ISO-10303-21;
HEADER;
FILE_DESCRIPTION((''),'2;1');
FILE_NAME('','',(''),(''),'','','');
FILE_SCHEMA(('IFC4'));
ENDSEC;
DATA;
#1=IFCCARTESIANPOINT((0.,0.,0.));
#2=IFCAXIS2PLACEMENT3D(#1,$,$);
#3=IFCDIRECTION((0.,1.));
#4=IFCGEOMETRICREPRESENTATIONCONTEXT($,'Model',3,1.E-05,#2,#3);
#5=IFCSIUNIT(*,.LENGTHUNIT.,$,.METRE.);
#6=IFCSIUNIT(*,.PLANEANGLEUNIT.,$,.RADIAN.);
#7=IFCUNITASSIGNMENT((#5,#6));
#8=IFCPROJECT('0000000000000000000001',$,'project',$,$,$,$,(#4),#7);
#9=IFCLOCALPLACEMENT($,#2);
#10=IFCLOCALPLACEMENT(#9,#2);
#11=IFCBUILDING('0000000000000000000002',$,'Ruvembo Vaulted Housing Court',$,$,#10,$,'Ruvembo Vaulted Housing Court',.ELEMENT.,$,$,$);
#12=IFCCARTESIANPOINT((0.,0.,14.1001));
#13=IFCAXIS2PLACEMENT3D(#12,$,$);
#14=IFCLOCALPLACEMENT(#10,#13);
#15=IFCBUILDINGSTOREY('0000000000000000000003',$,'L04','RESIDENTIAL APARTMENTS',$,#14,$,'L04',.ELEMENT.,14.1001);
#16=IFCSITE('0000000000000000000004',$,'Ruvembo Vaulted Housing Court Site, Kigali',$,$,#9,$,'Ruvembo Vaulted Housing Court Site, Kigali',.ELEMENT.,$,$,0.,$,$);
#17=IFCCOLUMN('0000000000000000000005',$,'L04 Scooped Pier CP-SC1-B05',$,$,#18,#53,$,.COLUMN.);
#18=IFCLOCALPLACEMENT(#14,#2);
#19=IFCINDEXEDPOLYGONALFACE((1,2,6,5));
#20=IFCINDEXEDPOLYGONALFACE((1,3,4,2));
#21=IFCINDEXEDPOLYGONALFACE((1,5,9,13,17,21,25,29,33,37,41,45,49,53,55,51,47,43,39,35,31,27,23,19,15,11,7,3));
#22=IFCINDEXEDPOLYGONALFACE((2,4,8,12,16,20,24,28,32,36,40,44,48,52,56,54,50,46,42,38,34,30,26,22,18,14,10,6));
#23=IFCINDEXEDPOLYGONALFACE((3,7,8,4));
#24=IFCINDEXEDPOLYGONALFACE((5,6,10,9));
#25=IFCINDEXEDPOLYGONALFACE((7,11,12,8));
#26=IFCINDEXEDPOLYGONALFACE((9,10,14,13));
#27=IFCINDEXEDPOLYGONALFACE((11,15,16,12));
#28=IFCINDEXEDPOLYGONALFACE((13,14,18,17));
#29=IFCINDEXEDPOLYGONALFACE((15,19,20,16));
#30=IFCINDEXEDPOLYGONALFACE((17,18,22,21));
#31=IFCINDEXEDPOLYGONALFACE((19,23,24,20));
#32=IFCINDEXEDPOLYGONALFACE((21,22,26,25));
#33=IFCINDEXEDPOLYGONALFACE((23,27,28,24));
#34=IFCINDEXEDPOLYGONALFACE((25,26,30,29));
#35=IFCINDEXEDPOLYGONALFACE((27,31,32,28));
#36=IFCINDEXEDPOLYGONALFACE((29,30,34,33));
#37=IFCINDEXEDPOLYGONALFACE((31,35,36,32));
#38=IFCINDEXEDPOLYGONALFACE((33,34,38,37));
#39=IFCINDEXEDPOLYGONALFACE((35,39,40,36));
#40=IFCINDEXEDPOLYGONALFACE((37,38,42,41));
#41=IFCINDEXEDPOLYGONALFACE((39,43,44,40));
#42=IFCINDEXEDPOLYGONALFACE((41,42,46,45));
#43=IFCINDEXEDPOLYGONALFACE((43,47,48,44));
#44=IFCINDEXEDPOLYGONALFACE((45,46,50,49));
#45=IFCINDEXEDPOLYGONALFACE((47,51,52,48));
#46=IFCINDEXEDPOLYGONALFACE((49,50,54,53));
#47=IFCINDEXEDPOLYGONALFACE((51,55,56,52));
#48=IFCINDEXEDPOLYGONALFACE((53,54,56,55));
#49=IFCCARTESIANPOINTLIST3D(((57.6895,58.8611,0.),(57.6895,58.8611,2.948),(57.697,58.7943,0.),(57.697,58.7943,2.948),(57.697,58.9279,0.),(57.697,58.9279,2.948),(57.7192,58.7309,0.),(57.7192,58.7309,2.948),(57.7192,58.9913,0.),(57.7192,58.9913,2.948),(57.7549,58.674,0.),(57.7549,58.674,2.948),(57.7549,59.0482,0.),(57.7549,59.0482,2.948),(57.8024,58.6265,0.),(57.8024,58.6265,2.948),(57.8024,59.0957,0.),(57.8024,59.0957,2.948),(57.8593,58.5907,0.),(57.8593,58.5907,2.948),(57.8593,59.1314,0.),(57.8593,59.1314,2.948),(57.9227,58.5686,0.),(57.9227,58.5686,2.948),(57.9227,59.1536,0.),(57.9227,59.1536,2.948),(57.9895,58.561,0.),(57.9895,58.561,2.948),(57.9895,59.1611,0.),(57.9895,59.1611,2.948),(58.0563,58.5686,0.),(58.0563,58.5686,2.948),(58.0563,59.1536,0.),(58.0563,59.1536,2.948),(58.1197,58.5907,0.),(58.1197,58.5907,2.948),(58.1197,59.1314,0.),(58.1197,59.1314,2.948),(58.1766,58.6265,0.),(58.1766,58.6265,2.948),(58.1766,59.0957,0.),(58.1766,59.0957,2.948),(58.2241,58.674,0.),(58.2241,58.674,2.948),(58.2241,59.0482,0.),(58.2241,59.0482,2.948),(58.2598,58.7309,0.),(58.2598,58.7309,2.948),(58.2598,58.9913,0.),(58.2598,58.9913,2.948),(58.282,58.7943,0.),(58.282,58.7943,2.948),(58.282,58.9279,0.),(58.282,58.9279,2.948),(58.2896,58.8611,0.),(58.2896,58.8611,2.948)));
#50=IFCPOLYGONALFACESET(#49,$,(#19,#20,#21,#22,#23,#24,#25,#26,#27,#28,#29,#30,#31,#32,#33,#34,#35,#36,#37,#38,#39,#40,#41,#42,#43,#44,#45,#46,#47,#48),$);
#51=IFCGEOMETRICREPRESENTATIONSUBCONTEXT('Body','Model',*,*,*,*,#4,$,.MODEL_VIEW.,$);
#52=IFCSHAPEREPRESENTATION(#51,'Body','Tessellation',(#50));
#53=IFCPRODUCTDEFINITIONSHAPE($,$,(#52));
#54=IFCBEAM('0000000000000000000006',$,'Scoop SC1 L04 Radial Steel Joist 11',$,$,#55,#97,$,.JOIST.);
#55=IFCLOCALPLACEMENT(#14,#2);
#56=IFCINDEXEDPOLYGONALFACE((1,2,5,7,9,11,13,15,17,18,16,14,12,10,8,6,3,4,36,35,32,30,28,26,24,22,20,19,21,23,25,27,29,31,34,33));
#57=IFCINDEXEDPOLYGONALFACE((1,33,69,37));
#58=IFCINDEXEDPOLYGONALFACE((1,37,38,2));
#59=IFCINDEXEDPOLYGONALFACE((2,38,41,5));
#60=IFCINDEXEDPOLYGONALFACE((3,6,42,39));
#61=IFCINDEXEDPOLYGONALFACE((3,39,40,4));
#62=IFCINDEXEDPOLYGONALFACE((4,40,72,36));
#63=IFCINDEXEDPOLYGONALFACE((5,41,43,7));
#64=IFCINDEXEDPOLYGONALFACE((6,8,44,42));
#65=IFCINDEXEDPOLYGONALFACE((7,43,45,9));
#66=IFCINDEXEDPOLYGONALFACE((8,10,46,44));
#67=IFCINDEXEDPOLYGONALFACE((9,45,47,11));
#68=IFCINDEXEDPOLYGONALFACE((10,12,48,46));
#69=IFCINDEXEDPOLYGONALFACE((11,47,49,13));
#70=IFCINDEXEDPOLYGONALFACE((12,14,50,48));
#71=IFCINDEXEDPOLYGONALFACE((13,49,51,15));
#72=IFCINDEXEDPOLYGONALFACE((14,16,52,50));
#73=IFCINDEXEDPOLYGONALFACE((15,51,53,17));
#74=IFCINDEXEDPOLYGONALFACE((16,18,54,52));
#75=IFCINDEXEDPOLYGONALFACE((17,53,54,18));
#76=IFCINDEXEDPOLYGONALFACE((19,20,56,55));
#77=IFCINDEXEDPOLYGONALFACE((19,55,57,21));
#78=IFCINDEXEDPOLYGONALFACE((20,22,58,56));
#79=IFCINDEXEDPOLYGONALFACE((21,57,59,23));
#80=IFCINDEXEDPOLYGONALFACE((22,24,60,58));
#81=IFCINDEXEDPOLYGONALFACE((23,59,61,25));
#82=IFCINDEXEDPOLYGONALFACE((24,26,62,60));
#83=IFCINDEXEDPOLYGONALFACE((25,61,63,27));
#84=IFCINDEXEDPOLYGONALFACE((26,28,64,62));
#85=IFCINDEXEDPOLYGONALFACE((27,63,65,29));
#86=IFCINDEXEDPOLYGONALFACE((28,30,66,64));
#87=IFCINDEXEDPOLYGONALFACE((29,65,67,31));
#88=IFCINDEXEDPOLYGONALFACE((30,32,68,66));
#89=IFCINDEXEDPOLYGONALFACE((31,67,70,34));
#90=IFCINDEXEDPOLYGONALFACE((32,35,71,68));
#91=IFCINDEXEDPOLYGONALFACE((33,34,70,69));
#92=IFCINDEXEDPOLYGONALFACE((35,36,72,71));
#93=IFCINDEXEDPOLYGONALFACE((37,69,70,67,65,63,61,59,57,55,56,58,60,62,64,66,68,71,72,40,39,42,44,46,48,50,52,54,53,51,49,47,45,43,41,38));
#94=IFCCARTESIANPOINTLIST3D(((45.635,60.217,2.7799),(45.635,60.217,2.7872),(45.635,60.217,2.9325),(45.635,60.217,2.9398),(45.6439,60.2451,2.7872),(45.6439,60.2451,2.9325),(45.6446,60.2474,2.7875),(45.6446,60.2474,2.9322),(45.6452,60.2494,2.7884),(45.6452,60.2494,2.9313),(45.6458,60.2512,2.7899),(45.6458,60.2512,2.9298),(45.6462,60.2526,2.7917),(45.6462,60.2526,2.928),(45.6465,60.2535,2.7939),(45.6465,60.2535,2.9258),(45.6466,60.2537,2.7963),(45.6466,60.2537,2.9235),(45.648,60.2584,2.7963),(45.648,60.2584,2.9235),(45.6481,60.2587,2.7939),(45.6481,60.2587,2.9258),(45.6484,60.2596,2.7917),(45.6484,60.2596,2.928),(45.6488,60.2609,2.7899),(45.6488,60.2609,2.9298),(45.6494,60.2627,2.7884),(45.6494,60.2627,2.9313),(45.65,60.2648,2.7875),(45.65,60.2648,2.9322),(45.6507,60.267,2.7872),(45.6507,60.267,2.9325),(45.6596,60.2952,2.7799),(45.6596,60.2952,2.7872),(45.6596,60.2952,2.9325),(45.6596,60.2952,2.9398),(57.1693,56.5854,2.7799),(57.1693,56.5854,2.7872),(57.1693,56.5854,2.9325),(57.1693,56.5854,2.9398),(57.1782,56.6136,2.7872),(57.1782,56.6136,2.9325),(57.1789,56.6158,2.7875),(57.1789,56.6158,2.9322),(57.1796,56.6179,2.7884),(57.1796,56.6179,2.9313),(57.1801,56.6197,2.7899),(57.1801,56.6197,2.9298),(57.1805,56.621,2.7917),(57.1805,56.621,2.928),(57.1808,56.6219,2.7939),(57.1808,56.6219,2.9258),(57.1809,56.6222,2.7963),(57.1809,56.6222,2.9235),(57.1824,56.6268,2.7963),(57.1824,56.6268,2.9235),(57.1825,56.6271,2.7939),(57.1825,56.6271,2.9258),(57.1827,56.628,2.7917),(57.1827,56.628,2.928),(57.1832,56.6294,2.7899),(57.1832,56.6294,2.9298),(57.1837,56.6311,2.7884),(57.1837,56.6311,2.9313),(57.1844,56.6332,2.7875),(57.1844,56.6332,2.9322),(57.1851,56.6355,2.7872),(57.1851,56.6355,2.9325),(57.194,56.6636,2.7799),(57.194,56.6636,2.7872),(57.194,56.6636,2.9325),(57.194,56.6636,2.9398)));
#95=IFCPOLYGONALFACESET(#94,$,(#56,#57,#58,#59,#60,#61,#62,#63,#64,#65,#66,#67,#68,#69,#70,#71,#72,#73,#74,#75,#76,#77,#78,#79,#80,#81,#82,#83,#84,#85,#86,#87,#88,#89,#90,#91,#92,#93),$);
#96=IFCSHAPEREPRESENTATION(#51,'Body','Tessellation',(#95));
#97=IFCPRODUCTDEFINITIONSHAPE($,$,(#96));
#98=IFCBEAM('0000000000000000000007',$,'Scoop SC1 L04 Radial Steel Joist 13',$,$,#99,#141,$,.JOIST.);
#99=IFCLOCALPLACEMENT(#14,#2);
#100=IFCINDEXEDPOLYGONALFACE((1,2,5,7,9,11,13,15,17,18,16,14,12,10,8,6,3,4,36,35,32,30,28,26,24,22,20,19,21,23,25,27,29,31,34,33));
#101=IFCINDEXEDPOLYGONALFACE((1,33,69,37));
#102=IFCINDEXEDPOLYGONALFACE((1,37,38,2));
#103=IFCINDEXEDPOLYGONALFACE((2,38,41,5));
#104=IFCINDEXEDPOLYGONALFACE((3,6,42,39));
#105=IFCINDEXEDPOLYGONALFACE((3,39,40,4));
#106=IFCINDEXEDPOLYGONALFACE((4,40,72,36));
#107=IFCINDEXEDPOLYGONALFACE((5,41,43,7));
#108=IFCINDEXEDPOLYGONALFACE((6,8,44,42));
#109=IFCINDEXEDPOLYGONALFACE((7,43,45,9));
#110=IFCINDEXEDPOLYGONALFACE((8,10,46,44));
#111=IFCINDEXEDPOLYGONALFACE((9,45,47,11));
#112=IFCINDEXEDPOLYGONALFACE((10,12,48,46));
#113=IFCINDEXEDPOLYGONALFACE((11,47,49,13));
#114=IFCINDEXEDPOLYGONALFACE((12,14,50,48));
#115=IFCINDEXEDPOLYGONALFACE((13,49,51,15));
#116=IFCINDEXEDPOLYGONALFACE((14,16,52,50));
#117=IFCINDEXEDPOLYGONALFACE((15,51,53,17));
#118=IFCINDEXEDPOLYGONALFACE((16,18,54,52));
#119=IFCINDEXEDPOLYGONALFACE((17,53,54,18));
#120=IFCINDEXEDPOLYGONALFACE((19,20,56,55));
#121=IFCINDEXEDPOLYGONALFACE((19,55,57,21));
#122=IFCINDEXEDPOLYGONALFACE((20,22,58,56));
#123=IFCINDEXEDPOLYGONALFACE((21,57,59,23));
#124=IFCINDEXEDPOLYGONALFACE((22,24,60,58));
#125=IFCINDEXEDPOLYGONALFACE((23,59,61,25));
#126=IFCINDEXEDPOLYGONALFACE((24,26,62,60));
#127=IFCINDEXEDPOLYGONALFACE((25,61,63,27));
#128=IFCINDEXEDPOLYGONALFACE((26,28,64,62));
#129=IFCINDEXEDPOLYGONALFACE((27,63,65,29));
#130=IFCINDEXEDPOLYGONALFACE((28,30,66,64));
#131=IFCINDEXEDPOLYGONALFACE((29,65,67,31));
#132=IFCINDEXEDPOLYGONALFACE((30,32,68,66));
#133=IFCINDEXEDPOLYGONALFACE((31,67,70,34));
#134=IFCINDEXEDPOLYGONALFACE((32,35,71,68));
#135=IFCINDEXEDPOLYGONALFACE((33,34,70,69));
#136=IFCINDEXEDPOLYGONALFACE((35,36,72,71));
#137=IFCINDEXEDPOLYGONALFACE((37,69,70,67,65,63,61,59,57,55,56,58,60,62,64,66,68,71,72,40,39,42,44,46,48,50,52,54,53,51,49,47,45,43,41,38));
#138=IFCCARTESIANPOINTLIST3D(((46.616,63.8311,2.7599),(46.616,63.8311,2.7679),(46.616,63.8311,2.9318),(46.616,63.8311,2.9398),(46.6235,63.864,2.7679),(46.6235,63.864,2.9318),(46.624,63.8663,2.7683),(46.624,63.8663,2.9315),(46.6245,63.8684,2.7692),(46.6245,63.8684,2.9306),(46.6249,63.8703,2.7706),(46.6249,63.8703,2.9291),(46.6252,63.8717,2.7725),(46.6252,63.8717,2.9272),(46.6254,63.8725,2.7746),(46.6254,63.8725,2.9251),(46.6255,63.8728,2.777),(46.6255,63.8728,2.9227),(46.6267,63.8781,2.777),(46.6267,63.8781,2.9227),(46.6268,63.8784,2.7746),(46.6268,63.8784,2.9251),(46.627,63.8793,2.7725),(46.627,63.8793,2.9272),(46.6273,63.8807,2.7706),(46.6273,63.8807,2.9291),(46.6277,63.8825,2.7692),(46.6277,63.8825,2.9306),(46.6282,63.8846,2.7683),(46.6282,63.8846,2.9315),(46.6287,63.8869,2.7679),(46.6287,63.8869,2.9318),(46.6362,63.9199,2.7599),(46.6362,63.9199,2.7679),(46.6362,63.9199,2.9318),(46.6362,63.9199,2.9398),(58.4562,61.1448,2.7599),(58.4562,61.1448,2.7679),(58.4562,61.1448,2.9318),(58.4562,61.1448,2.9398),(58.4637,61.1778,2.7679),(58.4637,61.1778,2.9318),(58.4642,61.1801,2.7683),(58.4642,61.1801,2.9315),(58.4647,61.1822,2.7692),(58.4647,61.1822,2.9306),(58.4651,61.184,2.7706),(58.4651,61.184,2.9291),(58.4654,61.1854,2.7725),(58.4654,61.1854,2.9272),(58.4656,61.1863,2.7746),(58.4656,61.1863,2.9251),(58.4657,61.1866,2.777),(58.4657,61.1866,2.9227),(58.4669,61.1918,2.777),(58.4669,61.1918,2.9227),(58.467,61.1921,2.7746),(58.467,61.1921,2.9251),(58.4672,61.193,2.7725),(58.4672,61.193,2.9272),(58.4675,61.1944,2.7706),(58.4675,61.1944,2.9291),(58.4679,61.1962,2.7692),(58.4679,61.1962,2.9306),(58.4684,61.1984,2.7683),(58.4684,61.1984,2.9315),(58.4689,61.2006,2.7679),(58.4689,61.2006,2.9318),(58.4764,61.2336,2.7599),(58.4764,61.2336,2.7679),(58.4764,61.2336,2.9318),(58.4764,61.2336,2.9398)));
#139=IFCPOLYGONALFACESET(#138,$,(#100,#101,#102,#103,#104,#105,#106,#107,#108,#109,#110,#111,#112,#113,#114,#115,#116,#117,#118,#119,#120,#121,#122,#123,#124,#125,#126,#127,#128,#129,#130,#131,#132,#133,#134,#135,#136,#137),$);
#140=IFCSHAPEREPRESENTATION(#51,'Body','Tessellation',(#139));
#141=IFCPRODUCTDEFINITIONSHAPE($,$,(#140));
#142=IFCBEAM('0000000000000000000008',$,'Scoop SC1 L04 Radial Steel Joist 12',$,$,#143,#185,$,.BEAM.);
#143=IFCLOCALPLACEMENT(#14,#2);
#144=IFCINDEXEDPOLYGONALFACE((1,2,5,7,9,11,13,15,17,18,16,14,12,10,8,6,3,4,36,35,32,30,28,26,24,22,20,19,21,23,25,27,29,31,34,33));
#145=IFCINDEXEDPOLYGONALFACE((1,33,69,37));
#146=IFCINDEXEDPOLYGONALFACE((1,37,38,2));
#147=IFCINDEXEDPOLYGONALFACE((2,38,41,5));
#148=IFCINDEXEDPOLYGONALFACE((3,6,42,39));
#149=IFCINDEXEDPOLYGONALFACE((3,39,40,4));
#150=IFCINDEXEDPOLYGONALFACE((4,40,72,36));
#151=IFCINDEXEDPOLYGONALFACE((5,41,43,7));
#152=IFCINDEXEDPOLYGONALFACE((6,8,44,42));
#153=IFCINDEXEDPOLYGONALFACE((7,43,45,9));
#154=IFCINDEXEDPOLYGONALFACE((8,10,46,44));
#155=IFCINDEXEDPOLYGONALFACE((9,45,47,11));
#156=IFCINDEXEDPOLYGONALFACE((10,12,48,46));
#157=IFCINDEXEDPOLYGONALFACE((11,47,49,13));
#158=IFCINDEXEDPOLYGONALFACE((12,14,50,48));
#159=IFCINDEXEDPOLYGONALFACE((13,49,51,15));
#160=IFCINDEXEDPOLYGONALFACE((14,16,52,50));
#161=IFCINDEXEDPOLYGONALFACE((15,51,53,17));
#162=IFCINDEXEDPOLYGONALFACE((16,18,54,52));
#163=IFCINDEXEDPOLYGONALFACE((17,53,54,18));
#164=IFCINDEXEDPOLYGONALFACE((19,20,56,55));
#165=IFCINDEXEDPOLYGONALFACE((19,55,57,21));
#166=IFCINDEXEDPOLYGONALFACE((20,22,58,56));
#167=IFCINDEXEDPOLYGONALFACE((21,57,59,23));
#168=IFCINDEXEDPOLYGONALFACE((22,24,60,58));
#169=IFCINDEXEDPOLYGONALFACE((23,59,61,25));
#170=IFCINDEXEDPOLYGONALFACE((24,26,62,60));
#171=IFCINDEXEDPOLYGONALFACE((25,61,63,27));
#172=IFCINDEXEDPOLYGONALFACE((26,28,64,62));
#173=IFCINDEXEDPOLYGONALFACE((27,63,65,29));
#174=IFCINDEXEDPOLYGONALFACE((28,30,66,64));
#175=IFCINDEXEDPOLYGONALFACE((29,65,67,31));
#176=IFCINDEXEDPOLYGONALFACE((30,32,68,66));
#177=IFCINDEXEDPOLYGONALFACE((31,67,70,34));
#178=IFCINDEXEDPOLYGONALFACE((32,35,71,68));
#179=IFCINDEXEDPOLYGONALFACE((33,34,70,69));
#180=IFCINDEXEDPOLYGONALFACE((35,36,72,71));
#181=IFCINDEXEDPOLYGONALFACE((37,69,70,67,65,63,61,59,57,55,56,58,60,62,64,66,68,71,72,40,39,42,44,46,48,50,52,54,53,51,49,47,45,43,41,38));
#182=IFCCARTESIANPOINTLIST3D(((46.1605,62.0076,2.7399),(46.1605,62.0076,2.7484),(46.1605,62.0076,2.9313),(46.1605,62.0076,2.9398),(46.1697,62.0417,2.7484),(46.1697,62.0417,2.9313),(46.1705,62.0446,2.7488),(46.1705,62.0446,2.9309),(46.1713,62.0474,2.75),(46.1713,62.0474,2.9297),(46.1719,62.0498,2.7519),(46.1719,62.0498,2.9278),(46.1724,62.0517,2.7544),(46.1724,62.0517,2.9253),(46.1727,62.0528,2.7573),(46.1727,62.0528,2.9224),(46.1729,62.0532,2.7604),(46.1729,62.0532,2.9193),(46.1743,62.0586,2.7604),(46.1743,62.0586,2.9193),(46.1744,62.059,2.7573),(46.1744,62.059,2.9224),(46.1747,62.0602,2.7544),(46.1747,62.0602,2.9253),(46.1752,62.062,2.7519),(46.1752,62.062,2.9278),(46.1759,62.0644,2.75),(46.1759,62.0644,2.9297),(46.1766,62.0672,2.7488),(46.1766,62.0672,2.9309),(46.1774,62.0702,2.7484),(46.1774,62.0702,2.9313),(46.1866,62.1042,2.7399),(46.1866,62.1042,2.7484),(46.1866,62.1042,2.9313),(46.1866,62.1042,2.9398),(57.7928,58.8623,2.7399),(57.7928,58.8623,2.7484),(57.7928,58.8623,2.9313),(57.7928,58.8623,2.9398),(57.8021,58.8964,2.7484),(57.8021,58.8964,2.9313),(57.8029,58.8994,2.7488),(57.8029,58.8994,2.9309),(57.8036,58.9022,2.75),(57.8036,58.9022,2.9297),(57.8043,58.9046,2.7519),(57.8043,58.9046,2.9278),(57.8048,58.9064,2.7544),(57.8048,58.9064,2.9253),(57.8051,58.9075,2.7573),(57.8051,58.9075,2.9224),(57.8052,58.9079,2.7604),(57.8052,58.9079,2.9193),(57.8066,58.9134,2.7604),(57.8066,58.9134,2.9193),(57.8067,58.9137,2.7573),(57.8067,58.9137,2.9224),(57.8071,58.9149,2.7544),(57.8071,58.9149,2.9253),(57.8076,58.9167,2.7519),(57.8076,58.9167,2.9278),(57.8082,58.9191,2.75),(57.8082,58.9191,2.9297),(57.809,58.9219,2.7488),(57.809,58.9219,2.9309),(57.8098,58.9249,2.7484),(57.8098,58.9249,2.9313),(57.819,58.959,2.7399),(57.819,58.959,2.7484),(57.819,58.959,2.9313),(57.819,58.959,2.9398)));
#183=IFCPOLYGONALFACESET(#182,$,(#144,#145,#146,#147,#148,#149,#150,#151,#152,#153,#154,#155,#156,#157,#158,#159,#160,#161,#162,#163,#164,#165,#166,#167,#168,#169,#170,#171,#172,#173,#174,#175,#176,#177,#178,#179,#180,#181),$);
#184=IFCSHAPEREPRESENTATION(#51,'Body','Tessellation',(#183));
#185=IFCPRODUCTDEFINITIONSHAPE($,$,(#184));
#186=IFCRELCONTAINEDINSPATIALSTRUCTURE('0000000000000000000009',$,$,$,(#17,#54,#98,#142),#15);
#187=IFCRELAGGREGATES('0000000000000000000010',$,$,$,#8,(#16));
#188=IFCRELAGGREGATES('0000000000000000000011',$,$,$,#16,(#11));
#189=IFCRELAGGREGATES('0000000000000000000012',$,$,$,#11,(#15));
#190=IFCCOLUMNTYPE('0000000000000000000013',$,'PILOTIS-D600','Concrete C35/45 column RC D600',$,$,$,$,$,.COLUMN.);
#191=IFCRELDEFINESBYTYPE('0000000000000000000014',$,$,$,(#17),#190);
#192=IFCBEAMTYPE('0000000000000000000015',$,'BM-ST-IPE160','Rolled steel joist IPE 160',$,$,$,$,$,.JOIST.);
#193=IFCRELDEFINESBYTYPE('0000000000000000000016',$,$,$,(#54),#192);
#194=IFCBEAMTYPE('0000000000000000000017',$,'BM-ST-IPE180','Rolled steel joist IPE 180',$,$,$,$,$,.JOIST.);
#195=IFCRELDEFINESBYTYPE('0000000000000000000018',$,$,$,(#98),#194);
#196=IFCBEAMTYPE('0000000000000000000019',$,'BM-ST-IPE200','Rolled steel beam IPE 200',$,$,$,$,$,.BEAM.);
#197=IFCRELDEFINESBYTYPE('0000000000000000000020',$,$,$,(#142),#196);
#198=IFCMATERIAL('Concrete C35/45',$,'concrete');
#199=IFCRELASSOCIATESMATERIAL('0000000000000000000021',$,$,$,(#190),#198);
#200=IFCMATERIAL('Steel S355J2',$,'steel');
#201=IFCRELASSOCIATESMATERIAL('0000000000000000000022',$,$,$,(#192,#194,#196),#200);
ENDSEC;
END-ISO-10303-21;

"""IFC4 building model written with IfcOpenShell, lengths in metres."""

from ifc_helpers import new_model, si_unit, direction, frame, origin, origin_2d, place, context, subcontext, project, spatial, circle, i_section, extrude, material, material_profile, profile_set, type_object, element, save


model = new_model("IFC4")

# Units and contexts
model_context = context("Model", 3, precision=1e-05, world=origin(), true_north=direction((0.0, 1.0)))
body_context = subcontext(model_context, "Body", "Model", "MODEL_VIEW")
ifc_project = project(units=[si_unit("LENGTHUNIT", "METRE"), si_unit("PLANEANGLEUNIT", "RADIAN")], contexts=[model_context])

# Site, building, storey
site_placement = place(None, origin())
site = spatial("IfcSite", under=ifc_project, at=site_placement, Name="Ruvembo Vaulted Housing Court Site, Kigali", LongName="Ruvembo Vaulted Housing Court Site, Kigali", CompositionType="ELEMENT", RefElevation=0.0)
building_placement = place(site_placement, origin())
building = spatial("IfcBuilding", under=site, at=building_placement, Name="Ruvembo Vaulted Housing Court", LongName="Ruvembo Vaulted Housing Court", CompositionType="ELEMENT")
storey_placement = place(building_placement, frame((0.0, 0.0, 14.1001)))
storey = spatial("IfcBuildingStorey", under=building, at=storey_placement, Name="L04", Description="RESIDENTIAL APARTMENTS", LongName="L04", CompositionType="ELEMENT", Elevation=14.1001)

# Column
ifc_material_1 = material(Name="Concrete C35/45", Category="concrete")
ifc_material_profile_1 = material_profile(ifc_material_1, circle(Radius=0.3, at=origin_2d()), Name="RC D600")
ifc_profile_set_1 = profile_set([ifc_material_profile_1], Name="Concrete C35/45")
column_type = type_object("IfcColumnType", Name="PILOTIS-D600", Description="Concrete C35/45 column RC D600", PredefinedType="COLUMN", material=ifc_profile_set_1)
column_placement = place(storey_placement, frame((57.9895, 58.8611, 0.0), z_axis=(0.0, 0.0, 1.0), x_axis=(1.0, 0.0, 0.0)))
element("IfcColumn", 1, at=column_placement, inside=storey, type_object=column_type, Name="L04 Scooped Pier CP-SC1-B05", PredefinedType="COLUMN", context=body_context, shape_type="SweptSolid", body=[
    extrude(circle(Radius=0.3, at=origin_2d()), origin(), (0.0, 0.0, 1.0), 2.948),
])

# Beams
ifc_material_2 = material(Name="Steel S355J2", Category="steel")
ifc_material_profile_2 = material_profile(ifc_material_2, i_section(OverallWidth=0.082, OverallDepth=0.1599, WebThickness=0.0049, FlangeThickness=0.0073, FilletRadius=0.009, at=origin_2d()), Name="IPE 160")
ifc_profile_set_2 = profile_set([ifc_material_profile_2], Name="Steel S355J2")
beam_type_1 = type_object("IfcBeamType", Name="BM-ST-IPE160", Description="Rolled steel joist IPE 160", PredefinedType="JOIST", material=ifc_profile_set_2)
beam_1_placement = place(storey_placement, frame((57.1816, 56.6245, 2.8599), z_axis=(-0.95384, 0.300315, 0.0), x_axis=(-0.300315, -0.95384, 0.0)))
element("IfcBeam", 2, at=beam_1_placement, inside=storey, type_object=beam_type_1, Name="Scoop SC1 L04 Radial Steel Joist 11", PredefinedType="JOIST", context=body_context, shape_type="SweptSolid", body=[
    extrude(i_section(OverallWidth=0.082, OverallDepth=0.1599, WebThickness=0.0049, FlangeThickness=0.0073, FilletRadius=0.009, at=origin_2d()), origin(), (0.0, 0.0, 1.0), 12.0925),
])
ifc_material_profile_3 = material_profile(ifc_material_2, i_section(OverallWidth=0.0911, OverallDepth=0.1799, WebThickness=0.0054, FlangeThickness=0.0081, FilletRadius=0.009, at=origin_2d()), Name="IPE 180")
ifc_profile_set_3 = profile_set([ifc_material_profile_3], Name="Steel S355J2")
beam_type_2 = type_object("IfcBeamType", Name="BM-ST-IPE180", Description="Rolled steel joist IPE 180", PredefinedType="JOIST", material=ifc_profile_set_3)
beam_2_placement = place(storey_placement, frame((58.4663, 61.1892, 2.8499), z_axis=(-0.975217, 0.221253, 0.0), x_axis=(-0.221253, -0.975217, 0.0)))
element("IfcBeam", 3, at=beam_2_placement, inside=storey, type_object=beam_type_2, Name="Scoop SC1 L04 Radial Steel Joist 13", PredefinedType="JOIST", context=body_context, shape_type="SweptSolid", body=[
    extrude(i_section(OverallWidth=0.0911, OverallDepth=0.1799, WebThickness=0.0054, FlangeThickness=0.0081, FilletRadius=0.009, at=origin_2d()), origin(), (0.0, 0.0, 1.0), 12.1411),
])
ifc_material_profile_4 = material_profile(ifc_material_2, i_section(OverallWidth=0.1001, OverallDepth=0.2, WebThickness=0.0056, FlangeThickness=0.0085, FilletRadius=0.012, at=origin_2d()), Name="IPE 200")
ifc_profile_set_4 = profile_set([ifc_material_profile_4], Name="Steel S355J2")
beam_type_3 = type_object("IfcBeamType", Name="BM-ST-IPE200", Description="Rolled steel beam IPE 200", PredefinedType="BEAM", material=ifc_profile_set_4)
beam_3_placement = place(storey_placement, frame((57.8059, 58.9106, 2.8398), z_axis=(-0.965334, 0.261017, 0.0), x_axis=(-0.261017, -0.965334, 0.0)))
element("IfcBeam", 4, at=beam_3_placement, inside=storey, type_object=beam_type_3, Name="Scoop SC1 L04 Radial Steel Joist 12", PredefinedType="BEAM", context=body_context, shape_type="SweptSolid", body=[
    extrude(i_section(OverallWidth=0.1001, OverallDepth=0.2, WebThickness=0.0056, FlangeThickness=0.0085, FilletRadius=0.012, at=origin_2d()), origin(), (0.0, 0.0, 1.0), 12.05),
])

save(model, "model.ifc")
